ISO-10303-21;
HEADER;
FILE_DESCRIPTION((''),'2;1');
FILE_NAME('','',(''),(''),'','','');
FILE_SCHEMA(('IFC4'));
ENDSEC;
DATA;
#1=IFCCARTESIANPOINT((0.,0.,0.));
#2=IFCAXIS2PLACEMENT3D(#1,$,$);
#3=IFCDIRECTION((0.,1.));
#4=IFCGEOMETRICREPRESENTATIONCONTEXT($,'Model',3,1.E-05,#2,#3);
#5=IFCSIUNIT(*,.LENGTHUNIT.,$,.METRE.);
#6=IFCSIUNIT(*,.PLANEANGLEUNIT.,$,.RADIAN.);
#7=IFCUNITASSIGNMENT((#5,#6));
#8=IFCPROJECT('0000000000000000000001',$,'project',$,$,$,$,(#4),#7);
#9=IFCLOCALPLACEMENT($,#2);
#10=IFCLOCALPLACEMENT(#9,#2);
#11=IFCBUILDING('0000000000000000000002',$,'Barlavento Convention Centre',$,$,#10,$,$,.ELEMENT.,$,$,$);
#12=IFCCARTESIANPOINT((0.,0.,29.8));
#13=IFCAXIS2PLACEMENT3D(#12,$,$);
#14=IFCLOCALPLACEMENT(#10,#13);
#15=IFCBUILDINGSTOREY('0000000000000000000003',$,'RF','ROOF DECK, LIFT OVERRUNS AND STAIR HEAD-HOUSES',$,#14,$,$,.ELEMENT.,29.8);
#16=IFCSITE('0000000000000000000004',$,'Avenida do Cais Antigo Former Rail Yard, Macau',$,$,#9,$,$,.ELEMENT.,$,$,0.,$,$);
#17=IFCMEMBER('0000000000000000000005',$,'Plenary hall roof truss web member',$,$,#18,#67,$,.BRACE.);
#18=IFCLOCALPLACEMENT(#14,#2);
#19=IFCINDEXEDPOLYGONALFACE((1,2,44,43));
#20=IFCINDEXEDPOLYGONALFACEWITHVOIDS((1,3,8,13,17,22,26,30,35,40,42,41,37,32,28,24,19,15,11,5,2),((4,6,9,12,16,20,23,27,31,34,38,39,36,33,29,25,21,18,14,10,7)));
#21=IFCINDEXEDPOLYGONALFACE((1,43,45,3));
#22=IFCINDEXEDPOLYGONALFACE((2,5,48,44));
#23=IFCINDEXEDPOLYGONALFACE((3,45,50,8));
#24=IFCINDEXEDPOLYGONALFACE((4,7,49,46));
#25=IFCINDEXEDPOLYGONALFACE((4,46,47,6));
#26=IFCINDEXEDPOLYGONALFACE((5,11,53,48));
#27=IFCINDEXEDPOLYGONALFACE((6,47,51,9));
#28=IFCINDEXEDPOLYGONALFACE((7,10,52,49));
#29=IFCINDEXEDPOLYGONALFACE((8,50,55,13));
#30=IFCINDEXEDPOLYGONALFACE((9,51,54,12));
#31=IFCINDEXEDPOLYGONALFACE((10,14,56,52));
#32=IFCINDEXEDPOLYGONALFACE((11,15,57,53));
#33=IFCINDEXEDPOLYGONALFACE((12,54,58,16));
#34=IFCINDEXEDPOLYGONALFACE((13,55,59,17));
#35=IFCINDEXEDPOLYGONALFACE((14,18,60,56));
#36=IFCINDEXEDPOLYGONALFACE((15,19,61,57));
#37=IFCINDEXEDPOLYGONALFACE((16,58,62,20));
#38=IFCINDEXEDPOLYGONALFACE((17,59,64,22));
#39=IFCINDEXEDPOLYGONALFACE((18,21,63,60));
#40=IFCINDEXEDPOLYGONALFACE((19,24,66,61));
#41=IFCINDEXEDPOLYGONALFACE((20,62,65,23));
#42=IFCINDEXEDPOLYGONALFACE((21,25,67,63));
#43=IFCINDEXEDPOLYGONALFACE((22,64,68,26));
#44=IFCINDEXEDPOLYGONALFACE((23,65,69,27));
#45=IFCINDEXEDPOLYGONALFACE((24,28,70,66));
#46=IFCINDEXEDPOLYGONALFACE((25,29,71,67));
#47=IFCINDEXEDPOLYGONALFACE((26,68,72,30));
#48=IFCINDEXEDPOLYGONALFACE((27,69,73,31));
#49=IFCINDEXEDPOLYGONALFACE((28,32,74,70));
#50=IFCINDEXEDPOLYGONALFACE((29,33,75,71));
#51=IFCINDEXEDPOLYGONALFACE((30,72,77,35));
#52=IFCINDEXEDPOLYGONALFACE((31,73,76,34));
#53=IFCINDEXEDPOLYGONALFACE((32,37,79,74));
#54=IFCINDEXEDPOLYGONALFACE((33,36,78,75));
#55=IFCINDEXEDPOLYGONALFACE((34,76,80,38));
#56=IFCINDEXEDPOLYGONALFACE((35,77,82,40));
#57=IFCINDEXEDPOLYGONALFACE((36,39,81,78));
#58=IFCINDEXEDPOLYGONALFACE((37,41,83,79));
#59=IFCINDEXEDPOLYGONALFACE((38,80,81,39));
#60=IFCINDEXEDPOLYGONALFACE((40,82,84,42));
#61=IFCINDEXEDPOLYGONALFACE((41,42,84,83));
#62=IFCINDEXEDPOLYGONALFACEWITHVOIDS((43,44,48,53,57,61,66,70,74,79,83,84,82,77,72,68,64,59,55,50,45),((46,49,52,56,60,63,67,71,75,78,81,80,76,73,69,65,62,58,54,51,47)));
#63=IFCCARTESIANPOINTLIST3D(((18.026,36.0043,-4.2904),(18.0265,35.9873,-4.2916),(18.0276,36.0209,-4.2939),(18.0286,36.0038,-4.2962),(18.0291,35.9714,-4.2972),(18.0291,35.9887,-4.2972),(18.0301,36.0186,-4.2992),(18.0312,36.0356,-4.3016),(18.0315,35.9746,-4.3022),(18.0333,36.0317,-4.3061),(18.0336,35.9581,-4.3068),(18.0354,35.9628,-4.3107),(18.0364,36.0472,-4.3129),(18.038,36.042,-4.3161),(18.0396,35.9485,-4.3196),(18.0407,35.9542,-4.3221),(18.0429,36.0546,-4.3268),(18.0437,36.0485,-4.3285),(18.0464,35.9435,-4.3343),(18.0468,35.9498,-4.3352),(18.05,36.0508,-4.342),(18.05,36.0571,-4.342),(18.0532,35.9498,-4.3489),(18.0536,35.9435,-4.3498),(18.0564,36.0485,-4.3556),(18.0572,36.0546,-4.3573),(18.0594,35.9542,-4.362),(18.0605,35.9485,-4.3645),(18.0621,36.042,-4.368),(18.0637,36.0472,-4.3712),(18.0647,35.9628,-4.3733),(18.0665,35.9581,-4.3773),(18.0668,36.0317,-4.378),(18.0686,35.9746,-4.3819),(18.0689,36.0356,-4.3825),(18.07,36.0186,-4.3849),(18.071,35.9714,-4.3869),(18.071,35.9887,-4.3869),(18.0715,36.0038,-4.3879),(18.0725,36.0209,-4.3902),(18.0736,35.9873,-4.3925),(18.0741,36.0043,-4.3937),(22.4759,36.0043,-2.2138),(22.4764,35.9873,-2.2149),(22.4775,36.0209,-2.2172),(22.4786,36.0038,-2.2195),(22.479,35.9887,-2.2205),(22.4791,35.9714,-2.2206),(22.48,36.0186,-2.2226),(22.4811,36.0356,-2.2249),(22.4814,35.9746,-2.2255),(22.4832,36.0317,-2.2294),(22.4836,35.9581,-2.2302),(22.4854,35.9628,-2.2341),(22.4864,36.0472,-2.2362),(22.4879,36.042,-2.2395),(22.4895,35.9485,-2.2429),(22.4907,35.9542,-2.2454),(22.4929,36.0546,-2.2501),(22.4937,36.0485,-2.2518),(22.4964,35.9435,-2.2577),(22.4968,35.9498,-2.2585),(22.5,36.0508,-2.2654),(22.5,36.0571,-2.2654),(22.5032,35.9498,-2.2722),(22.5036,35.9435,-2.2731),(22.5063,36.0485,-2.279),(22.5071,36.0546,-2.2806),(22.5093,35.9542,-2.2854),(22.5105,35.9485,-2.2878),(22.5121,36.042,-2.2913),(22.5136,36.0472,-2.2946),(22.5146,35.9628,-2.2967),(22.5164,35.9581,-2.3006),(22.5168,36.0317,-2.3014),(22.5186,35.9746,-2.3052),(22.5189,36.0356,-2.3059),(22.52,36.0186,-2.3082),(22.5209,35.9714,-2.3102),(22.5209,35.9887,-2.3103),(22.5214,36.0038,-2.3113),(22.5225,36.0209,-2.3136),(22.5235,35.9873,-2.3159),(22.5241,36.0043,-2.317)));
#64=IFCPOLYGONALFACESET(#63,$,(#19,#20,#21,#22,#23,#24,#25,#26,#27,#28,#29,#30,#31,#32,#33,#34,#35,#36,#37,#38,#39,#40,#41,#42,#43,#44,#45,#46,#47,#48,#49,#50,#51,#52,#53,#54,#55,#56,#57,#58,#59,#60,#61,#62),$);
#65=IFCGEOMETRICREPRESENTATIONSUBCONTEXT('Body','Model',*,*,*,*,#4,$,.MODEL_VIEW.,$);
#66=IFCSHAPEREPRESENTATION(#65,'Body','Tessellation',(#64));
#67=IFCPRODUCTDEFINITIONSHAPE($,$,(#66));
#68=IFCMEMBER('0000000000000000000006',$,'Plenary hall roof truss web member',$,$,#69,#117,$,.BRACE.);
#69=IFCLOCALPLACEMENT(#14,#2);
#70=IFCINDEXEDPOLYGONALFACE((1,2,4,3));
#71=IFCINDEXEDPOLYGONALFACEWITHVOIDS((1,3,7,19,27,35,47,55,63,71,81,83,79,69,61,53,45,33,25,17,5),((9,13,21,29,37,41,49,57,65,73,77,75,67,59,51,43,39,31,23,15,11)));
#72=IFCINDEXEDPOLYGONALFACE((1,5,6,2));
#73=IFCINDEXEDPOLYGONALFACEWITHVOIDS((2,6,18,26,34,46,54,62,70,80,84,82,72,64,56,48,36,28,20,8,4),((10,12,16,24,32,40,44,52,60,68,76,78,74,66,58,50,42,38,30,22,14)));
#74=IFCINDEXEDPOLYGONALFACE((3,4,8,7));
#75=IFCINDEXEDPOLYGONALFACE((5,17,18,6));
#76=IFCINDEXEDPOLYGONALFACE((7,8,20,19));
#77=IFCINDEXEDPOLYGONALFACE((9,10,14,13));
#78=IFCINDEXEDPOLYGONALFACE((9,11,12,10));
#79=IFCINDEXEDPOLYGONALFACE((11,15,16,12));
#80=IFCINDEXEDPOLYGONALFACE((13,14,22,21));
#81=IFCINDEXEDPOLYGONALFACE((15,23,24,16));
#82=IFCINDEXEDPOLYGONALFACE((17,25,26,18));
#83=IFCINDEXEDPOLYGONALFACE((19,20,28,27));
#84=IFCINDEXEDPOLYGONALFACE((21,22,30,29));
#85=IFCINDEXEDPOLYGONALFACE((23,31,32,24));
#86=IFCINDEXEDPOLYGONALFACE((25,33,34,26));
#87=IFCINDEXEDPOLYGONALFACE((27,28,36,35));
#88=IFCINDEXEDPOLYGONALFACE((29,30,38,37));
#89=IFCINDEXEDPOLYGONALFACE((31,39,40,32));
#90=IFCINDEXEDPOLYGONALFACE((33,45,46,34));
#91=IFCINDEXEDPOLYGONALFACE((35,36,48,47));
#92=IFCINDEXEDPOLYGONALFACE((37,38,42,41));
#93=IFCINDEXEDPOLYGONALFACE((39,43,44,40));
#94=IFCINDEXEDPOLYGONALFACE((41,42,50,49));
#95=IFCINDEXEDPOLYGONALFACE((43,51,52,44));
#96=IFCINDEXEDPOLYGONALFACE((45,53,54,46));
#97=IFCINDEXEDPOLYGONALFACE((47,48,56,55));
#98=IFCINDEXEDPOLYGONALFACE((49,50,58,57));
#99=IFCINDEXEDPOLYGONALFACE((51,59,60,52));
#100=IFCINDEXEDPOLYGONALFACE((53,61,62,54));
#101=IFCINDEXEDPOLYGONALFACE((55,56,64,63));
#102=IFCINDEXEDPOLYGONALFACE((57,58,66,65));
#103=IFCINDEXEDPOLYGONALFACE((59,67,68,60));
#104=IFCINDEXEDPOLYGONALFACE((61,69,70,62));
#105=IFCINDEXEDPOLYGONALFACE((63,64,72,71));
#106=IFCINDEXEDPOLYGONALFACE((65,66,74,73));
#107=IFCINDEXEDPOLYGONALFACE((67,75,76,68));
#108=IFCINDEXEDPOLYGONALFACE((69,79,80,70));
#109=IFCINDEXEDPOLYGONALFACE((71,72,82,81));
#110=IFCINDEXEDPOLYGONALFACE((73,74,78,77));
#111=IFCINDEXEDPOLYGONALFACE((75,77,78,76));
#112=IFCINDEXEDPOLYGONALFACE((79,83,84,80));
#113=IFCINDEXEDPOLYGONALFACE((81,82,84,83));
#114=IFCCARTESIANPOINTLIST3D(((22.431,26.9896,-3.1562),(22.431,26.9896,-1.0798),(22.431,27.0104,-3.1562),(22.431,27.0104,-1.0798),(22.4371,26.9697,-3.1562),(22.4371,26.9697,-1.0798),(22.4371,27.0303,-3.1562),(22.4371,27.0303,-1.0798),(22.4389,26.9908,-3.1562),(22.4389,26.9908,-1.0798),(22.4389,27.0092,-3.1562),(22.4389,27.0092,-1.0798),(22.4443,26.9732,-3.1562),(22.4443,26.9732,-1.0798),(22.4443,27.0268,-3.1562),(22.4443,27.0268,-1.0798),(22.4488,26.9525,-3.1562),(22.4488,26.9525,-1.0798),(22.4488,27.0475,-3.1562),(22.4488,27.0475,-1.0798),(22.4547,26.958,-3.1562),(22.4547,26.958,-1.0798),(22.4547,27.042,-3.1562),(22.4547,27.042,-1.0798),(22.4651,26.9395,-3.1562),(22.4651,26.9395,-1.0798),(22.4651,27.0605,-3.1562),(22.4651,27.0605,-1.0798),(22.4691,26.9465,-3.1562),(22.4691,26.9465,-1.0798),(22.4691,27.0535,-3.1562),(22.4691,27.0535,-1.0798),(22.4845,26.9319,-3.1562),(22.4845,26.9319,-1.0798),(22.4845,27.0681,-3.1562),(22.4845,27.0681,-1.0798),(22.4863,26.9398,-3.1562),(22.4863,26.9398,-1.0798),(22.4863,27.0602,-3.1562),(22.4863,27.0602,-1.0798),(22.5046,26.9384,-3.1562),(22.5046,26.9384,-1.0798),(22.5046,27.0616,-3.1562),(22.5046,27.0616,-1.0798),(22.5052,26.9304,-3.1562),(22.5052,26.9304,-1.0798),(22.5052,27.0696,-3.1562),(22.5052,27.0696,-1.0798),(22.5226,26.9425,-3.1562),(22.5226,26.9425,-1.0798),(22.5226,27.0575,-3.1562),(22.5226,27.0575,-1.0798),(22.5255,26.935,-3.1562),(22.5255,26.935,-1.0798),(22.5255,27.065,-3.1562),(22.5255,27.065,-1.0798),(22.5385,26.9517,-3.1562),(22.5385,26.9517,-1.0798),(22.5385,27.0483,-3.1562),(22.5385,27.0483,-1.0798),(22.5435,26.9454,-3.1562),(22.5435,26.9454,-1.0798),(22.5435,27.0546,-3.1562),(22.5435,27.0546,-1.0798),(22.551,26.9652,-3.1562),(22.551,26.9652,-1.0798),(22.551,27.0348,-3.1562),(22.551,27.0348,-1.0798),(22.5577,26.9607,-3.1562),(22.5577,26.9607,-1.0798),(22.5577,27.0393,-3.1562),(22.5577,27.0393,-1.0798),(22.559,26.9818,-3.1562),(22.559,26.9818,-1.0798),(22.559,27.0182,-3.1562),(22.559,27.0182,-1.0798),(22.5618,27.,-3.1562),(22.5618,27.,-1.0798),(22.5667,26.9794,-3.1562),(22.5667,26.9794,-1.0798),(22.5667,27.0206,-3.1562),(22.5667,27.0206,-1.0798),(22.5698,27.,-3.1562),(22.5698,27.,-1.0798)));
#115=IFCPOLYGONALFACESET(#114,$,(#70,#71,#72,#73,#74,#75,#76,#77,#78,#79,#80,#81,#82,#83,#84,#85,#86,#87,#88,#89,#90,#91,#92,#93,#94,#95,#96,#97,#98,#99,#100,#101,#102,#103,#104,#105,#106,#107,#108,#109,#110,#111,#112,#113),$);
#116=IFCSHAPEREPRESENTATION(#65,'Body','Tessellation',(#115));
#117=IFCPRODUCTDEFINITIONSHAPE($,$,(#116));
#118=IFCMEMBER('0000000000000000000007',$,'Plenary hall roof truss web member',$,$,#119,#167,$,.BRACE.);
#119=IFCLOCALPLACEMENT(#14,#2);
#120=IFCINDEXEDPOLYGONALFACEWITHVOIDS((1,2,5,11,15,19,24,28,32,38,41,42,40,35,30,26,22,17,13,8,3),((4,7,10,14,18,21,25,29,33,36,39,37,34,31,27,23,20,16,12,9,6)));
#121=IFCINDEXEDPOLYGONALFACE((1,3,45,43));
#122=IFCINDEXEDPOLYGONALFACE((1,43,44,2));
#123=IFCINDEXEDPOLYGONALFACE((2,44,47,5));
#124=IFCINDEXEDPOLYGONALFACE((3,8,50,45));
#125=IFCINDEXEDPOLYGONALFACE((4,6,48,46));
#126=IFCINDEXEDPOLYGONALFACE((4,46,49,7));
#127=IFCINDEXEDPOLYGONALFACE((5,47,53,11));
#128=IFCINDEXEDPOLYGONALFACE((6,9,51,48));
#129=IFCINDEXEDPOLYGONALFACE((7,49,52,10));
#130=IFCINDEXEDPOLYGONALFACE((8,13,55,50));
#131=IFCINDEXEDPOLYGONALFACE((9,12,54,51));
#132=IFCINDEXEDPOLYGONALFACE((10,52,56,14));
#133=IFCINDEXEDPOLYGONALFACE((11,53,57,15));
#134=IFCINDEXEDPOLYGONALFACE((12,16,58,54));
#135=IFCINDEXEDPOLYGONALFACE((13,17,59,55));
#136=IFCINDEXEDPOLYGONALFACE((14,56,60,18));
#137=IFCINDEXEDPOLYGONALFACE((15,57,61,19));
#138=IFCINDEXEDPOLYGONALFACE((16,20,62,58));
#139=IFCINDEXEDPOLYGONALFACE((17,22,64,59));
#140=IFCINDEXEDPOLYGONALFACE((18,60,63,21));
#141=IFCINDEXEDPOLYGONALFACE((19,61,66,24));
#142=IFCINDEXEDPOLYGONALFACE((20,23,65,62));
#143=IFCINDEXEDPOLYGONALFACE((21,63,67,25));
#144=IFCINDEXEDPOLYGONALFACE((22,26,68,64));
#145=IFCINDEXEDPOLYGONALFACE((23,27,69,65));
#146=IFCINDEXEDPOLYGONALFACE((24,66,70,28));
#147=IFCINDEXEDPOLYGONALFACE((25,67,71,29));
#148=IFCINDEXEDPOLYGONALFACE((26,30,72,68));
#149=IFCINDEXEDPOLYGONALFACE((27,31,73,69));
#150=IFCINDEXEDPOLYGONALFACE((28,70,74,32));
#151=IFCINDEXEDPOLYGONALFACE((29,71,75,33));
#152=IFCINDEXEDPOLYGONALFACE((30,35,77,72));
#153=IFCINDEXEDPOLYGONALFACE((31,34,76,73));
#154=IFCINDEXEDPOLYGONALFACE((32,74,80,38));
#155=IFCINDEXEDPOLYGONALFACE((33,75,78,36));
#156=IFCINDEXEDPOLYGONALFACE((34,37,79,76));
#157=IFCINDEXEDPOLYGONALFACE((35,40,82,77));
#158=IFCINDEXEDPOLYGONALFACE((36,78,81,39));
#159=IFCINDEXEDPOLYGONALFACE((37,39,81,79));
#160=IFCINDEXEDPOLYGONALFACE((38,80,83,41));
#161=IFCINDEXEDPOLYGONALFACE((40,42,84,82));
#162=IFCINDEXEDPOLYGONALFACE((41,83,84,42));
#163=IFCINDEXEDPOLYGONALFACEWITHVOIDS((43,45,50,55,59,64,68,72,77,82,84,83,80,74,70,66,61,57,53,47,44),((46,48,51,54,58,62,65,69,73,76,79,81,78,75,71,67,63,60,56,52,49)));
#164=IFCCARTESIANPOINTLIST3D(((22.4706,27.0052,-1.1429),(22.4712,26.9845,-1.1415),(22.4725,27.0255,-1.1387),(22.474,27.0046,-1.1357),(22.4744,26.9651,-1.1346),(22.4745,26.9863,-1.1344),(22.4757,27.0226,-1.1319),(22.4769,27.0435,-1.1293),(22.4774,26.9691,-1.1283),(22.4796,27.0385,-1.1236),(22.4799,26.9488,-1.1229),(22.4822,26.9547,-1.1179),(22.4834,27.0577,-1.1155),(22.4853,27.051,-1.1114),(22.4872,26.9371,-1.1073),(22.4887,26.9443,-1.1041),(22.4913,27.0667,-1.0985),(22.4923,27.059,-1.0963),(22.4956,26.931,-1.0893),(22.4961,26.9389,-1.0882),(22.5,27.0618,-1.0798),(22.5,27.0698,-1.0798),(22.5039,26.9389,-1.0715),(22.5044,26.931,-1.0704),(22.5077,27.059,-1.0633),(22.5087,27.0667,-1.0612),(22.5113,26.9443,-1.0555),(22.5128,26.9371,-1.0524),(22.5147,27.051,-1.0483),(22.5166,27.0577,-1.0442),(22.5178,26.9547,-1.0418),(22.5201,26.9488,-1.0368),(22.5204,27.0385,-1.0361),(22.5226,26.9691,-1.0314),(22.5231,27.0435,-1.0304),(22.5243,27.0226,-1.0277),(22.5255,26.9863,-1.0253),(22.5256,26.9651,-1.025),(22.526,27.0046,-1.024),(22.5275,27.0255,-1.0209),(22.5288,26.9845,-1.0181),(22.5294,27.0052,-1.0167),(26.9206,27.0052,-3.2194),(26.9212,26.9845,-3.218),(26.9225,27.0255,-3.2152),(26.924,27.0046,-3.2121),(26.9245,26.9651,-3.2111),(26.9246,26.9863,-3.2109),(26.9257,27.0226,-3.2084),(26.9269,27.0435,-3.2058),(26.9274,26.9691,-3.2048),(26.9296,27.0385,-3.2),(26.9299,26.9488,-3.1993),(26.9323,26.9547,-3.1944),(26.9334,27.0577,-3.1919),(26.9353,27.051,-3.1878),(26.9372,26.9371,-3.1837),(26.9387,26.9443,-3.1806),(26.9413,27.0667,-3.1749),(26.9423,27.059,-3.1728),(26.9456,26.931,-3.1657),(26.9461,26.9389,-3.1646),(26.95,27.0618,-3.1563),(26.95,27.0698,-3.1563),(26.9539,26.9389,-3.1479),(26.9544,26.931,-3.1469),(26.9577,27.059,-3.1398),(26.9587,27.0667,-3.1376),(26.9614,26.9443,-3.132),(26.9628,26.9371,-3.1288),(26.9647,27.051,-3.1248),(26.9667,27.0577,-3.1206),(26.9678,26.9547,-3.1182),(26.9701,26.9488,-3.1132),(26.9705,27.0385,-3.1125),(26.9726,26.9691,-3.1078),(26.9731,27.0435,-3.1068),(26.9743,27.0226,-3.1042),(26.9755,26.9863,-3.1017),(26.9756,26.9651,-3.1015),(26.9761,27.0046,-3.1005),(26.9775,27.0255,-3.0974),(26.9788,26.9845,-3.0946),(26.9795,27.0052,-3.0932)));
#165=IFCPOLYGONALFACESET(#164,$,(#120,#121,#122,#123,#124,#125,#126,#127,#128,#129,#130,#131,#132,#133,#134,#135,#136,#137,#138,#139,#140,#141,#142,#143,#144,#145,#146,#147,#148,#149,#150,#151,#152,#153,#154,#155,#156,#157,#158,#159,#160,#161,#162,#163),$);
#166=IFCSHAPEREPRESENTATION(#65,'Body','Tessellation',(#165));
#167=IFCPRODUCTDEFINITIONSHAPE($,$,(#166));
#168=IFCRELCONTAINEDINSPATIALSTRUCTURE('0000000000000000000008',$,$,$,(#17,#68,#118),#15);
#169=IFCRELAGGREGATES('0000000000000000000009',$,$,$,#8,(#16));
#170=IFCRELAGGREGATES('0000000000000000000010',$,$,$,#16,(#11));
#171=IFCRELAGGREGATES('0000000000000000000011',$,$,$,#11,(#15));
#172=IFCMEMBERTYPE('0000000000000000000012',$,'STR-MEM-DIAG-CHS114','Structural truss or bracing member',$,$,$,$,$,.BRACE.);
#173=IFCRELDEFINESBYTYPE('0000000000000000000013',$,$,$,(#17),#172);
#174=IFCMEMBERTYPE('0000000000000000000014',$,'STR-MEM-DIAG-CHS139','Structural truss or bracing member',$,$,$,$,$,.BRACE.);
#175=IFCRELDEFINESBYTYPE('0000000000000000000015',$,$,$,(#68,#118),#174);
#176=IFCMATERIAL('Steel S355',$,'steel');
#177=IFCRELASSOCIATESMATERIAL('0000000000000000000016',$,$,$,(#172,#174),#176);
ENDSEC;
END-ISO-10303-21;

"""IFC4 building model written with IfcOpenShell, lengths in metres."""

from ifc_helpers import new_model, si_unit, direction, frame, origin, origin_2d, place, context, subcontext, project, spatial, hollow_circle, extrude, material, material_profile, profile_set, type_object, element, save


model = new_model("IFC4")

# Units and contexts
model_context = context("Model", 3, precision=1e-05, world=origin(), true_north=direction((0.0, 1.0)))
body_context = subcontext(model_context, "Body", "Model", "MODEL_VIEW")
ifc_project = project(units=[si_unit("LENGTHUNIT", "METRE"), si_unit("PLANEANGLEUNIT", "RADIAN")], contexts=[model_context])

# Site, building, storey
site_placement = place(None, origin())
site = spatial("IfcSite", under=ifc_project, at=site_placement, Name="Avenida do Cais Antigo Former Rail Yard, Macau", CompositionType="ELEMENT", RefElevation=0.0)
building_placement = place(site_placement, origin())
building = spatial("IfcBuilding", under=site, at=building_placement, Name="Barlavento Convention Centre", CompositionType="ELEMENT")
storey_placement = place(building_placement, frame((0.0, 0.0, 29.8)))
storey = spatial("IfcBuildingStorey", under=building, at=storey_placement, Name="RF", Description="ROOF DECK, LIFT OVERRUNS AND STAIR HEAD-HOUSES", CompositionType="ELEMENT", Elevation=29.8)

# Members
ifc_material_1 = material(Name="Steel S355", Category="steel")
ifc_material_profile_1 = material_profile(ifc_material_1, hollow_circle(Radius=0.0571, WallThickness=0.0063, at=origin_2d()), Name="CHS 114.3x6.3")
ifc_profile_set_1 = profile_set([ifc_material_profile_1], Name="Steel S355")
member_type_1 = type_object("IfcMemberType", Name="STR-MEM-DIAG-CHS114", Description="Structural truss or bracing member", PredefinedType="BRACE", material=ifc_profile_set_1)
for number, where, z_axis, x_axis, name in (
    (1, (18.05, 36.0, -4.342), (0.906182, 0.0, 0.422888), (0.0, 1.0, 0.0), "Plenary hall roof truss web member"),
):
    element("IfcMember", number, at=place(storey_placement, frame(where, z_axis=z_axis, x_axis=x_axis)), inside=storey, type_object=member_type_1, Name=name, PredefinedType="BRACE", context=body_context, shape_type="SweptSolid", body=[
        extrude(hollow_circle(Radius=0.0571, WallThickness=0.0063, at=origin_2d()), origin(), (0.0, 0.0, 1.0), 4.9106),
    ])
ifc_material_profile_2 = material_profile(ifc_material_1, hollow_circle(Radius=0.0698, WallThickness=0.0081, at=origin_2d()), Name="CHS 139.7x8.0")
ifc_profile_set_2 = profile_set([ifc_material_profile_2], Name="Steel S355")
member_type_2 = type_object("IfcMemberType", Name="STR-MEM-DIAG-CHS139", Description="Structural truss or bracing member", PredefinedType="BRACE", material=ifc_profile_set_2)
member_1_placement = place(storey_placement, frame((22.5, 27.0, -3.1562), z_axis=(0.0, 0.0, 1.0), x_axis=(1.0, 0.0, 0.0)))
element("IfcMember", 2, at=member_1_placement, inside=storey, type_object=member_type_2, Name="Plenary hall roof truss web member", PredefinedType="BRACE", context=body_context, shape_type="SweptSolid", body=[
    extrude(hollow_circle(Radius=0.0698, WallThickness=0.0081, at=origin_2d()), origin(), (0.0, 0.0, 1.0), 2.0764),
])
member_2_placement = place(storey_placement, frame((22.5, 27.0, -1.0798), z_axis=(0.906201, 0.0, -0.422847), x_axis=(0.0, 1.0, 0.0)))
element("IfcMember", 3, at=member_2_placement, inside=storey, type_object=member_type_2, Name="Plenary hall roof truss web member", PredefinedType="BRACE", context=body_context, shape_type="SweptSolid", body=[
    extrude(hollow_circle(Radius=0.0698, WallThickness=0.0081, at=origin_2d()), origin(), (0.0, 0.0, 1.0), 4.9106),
])

save(model, "model.ifc")
